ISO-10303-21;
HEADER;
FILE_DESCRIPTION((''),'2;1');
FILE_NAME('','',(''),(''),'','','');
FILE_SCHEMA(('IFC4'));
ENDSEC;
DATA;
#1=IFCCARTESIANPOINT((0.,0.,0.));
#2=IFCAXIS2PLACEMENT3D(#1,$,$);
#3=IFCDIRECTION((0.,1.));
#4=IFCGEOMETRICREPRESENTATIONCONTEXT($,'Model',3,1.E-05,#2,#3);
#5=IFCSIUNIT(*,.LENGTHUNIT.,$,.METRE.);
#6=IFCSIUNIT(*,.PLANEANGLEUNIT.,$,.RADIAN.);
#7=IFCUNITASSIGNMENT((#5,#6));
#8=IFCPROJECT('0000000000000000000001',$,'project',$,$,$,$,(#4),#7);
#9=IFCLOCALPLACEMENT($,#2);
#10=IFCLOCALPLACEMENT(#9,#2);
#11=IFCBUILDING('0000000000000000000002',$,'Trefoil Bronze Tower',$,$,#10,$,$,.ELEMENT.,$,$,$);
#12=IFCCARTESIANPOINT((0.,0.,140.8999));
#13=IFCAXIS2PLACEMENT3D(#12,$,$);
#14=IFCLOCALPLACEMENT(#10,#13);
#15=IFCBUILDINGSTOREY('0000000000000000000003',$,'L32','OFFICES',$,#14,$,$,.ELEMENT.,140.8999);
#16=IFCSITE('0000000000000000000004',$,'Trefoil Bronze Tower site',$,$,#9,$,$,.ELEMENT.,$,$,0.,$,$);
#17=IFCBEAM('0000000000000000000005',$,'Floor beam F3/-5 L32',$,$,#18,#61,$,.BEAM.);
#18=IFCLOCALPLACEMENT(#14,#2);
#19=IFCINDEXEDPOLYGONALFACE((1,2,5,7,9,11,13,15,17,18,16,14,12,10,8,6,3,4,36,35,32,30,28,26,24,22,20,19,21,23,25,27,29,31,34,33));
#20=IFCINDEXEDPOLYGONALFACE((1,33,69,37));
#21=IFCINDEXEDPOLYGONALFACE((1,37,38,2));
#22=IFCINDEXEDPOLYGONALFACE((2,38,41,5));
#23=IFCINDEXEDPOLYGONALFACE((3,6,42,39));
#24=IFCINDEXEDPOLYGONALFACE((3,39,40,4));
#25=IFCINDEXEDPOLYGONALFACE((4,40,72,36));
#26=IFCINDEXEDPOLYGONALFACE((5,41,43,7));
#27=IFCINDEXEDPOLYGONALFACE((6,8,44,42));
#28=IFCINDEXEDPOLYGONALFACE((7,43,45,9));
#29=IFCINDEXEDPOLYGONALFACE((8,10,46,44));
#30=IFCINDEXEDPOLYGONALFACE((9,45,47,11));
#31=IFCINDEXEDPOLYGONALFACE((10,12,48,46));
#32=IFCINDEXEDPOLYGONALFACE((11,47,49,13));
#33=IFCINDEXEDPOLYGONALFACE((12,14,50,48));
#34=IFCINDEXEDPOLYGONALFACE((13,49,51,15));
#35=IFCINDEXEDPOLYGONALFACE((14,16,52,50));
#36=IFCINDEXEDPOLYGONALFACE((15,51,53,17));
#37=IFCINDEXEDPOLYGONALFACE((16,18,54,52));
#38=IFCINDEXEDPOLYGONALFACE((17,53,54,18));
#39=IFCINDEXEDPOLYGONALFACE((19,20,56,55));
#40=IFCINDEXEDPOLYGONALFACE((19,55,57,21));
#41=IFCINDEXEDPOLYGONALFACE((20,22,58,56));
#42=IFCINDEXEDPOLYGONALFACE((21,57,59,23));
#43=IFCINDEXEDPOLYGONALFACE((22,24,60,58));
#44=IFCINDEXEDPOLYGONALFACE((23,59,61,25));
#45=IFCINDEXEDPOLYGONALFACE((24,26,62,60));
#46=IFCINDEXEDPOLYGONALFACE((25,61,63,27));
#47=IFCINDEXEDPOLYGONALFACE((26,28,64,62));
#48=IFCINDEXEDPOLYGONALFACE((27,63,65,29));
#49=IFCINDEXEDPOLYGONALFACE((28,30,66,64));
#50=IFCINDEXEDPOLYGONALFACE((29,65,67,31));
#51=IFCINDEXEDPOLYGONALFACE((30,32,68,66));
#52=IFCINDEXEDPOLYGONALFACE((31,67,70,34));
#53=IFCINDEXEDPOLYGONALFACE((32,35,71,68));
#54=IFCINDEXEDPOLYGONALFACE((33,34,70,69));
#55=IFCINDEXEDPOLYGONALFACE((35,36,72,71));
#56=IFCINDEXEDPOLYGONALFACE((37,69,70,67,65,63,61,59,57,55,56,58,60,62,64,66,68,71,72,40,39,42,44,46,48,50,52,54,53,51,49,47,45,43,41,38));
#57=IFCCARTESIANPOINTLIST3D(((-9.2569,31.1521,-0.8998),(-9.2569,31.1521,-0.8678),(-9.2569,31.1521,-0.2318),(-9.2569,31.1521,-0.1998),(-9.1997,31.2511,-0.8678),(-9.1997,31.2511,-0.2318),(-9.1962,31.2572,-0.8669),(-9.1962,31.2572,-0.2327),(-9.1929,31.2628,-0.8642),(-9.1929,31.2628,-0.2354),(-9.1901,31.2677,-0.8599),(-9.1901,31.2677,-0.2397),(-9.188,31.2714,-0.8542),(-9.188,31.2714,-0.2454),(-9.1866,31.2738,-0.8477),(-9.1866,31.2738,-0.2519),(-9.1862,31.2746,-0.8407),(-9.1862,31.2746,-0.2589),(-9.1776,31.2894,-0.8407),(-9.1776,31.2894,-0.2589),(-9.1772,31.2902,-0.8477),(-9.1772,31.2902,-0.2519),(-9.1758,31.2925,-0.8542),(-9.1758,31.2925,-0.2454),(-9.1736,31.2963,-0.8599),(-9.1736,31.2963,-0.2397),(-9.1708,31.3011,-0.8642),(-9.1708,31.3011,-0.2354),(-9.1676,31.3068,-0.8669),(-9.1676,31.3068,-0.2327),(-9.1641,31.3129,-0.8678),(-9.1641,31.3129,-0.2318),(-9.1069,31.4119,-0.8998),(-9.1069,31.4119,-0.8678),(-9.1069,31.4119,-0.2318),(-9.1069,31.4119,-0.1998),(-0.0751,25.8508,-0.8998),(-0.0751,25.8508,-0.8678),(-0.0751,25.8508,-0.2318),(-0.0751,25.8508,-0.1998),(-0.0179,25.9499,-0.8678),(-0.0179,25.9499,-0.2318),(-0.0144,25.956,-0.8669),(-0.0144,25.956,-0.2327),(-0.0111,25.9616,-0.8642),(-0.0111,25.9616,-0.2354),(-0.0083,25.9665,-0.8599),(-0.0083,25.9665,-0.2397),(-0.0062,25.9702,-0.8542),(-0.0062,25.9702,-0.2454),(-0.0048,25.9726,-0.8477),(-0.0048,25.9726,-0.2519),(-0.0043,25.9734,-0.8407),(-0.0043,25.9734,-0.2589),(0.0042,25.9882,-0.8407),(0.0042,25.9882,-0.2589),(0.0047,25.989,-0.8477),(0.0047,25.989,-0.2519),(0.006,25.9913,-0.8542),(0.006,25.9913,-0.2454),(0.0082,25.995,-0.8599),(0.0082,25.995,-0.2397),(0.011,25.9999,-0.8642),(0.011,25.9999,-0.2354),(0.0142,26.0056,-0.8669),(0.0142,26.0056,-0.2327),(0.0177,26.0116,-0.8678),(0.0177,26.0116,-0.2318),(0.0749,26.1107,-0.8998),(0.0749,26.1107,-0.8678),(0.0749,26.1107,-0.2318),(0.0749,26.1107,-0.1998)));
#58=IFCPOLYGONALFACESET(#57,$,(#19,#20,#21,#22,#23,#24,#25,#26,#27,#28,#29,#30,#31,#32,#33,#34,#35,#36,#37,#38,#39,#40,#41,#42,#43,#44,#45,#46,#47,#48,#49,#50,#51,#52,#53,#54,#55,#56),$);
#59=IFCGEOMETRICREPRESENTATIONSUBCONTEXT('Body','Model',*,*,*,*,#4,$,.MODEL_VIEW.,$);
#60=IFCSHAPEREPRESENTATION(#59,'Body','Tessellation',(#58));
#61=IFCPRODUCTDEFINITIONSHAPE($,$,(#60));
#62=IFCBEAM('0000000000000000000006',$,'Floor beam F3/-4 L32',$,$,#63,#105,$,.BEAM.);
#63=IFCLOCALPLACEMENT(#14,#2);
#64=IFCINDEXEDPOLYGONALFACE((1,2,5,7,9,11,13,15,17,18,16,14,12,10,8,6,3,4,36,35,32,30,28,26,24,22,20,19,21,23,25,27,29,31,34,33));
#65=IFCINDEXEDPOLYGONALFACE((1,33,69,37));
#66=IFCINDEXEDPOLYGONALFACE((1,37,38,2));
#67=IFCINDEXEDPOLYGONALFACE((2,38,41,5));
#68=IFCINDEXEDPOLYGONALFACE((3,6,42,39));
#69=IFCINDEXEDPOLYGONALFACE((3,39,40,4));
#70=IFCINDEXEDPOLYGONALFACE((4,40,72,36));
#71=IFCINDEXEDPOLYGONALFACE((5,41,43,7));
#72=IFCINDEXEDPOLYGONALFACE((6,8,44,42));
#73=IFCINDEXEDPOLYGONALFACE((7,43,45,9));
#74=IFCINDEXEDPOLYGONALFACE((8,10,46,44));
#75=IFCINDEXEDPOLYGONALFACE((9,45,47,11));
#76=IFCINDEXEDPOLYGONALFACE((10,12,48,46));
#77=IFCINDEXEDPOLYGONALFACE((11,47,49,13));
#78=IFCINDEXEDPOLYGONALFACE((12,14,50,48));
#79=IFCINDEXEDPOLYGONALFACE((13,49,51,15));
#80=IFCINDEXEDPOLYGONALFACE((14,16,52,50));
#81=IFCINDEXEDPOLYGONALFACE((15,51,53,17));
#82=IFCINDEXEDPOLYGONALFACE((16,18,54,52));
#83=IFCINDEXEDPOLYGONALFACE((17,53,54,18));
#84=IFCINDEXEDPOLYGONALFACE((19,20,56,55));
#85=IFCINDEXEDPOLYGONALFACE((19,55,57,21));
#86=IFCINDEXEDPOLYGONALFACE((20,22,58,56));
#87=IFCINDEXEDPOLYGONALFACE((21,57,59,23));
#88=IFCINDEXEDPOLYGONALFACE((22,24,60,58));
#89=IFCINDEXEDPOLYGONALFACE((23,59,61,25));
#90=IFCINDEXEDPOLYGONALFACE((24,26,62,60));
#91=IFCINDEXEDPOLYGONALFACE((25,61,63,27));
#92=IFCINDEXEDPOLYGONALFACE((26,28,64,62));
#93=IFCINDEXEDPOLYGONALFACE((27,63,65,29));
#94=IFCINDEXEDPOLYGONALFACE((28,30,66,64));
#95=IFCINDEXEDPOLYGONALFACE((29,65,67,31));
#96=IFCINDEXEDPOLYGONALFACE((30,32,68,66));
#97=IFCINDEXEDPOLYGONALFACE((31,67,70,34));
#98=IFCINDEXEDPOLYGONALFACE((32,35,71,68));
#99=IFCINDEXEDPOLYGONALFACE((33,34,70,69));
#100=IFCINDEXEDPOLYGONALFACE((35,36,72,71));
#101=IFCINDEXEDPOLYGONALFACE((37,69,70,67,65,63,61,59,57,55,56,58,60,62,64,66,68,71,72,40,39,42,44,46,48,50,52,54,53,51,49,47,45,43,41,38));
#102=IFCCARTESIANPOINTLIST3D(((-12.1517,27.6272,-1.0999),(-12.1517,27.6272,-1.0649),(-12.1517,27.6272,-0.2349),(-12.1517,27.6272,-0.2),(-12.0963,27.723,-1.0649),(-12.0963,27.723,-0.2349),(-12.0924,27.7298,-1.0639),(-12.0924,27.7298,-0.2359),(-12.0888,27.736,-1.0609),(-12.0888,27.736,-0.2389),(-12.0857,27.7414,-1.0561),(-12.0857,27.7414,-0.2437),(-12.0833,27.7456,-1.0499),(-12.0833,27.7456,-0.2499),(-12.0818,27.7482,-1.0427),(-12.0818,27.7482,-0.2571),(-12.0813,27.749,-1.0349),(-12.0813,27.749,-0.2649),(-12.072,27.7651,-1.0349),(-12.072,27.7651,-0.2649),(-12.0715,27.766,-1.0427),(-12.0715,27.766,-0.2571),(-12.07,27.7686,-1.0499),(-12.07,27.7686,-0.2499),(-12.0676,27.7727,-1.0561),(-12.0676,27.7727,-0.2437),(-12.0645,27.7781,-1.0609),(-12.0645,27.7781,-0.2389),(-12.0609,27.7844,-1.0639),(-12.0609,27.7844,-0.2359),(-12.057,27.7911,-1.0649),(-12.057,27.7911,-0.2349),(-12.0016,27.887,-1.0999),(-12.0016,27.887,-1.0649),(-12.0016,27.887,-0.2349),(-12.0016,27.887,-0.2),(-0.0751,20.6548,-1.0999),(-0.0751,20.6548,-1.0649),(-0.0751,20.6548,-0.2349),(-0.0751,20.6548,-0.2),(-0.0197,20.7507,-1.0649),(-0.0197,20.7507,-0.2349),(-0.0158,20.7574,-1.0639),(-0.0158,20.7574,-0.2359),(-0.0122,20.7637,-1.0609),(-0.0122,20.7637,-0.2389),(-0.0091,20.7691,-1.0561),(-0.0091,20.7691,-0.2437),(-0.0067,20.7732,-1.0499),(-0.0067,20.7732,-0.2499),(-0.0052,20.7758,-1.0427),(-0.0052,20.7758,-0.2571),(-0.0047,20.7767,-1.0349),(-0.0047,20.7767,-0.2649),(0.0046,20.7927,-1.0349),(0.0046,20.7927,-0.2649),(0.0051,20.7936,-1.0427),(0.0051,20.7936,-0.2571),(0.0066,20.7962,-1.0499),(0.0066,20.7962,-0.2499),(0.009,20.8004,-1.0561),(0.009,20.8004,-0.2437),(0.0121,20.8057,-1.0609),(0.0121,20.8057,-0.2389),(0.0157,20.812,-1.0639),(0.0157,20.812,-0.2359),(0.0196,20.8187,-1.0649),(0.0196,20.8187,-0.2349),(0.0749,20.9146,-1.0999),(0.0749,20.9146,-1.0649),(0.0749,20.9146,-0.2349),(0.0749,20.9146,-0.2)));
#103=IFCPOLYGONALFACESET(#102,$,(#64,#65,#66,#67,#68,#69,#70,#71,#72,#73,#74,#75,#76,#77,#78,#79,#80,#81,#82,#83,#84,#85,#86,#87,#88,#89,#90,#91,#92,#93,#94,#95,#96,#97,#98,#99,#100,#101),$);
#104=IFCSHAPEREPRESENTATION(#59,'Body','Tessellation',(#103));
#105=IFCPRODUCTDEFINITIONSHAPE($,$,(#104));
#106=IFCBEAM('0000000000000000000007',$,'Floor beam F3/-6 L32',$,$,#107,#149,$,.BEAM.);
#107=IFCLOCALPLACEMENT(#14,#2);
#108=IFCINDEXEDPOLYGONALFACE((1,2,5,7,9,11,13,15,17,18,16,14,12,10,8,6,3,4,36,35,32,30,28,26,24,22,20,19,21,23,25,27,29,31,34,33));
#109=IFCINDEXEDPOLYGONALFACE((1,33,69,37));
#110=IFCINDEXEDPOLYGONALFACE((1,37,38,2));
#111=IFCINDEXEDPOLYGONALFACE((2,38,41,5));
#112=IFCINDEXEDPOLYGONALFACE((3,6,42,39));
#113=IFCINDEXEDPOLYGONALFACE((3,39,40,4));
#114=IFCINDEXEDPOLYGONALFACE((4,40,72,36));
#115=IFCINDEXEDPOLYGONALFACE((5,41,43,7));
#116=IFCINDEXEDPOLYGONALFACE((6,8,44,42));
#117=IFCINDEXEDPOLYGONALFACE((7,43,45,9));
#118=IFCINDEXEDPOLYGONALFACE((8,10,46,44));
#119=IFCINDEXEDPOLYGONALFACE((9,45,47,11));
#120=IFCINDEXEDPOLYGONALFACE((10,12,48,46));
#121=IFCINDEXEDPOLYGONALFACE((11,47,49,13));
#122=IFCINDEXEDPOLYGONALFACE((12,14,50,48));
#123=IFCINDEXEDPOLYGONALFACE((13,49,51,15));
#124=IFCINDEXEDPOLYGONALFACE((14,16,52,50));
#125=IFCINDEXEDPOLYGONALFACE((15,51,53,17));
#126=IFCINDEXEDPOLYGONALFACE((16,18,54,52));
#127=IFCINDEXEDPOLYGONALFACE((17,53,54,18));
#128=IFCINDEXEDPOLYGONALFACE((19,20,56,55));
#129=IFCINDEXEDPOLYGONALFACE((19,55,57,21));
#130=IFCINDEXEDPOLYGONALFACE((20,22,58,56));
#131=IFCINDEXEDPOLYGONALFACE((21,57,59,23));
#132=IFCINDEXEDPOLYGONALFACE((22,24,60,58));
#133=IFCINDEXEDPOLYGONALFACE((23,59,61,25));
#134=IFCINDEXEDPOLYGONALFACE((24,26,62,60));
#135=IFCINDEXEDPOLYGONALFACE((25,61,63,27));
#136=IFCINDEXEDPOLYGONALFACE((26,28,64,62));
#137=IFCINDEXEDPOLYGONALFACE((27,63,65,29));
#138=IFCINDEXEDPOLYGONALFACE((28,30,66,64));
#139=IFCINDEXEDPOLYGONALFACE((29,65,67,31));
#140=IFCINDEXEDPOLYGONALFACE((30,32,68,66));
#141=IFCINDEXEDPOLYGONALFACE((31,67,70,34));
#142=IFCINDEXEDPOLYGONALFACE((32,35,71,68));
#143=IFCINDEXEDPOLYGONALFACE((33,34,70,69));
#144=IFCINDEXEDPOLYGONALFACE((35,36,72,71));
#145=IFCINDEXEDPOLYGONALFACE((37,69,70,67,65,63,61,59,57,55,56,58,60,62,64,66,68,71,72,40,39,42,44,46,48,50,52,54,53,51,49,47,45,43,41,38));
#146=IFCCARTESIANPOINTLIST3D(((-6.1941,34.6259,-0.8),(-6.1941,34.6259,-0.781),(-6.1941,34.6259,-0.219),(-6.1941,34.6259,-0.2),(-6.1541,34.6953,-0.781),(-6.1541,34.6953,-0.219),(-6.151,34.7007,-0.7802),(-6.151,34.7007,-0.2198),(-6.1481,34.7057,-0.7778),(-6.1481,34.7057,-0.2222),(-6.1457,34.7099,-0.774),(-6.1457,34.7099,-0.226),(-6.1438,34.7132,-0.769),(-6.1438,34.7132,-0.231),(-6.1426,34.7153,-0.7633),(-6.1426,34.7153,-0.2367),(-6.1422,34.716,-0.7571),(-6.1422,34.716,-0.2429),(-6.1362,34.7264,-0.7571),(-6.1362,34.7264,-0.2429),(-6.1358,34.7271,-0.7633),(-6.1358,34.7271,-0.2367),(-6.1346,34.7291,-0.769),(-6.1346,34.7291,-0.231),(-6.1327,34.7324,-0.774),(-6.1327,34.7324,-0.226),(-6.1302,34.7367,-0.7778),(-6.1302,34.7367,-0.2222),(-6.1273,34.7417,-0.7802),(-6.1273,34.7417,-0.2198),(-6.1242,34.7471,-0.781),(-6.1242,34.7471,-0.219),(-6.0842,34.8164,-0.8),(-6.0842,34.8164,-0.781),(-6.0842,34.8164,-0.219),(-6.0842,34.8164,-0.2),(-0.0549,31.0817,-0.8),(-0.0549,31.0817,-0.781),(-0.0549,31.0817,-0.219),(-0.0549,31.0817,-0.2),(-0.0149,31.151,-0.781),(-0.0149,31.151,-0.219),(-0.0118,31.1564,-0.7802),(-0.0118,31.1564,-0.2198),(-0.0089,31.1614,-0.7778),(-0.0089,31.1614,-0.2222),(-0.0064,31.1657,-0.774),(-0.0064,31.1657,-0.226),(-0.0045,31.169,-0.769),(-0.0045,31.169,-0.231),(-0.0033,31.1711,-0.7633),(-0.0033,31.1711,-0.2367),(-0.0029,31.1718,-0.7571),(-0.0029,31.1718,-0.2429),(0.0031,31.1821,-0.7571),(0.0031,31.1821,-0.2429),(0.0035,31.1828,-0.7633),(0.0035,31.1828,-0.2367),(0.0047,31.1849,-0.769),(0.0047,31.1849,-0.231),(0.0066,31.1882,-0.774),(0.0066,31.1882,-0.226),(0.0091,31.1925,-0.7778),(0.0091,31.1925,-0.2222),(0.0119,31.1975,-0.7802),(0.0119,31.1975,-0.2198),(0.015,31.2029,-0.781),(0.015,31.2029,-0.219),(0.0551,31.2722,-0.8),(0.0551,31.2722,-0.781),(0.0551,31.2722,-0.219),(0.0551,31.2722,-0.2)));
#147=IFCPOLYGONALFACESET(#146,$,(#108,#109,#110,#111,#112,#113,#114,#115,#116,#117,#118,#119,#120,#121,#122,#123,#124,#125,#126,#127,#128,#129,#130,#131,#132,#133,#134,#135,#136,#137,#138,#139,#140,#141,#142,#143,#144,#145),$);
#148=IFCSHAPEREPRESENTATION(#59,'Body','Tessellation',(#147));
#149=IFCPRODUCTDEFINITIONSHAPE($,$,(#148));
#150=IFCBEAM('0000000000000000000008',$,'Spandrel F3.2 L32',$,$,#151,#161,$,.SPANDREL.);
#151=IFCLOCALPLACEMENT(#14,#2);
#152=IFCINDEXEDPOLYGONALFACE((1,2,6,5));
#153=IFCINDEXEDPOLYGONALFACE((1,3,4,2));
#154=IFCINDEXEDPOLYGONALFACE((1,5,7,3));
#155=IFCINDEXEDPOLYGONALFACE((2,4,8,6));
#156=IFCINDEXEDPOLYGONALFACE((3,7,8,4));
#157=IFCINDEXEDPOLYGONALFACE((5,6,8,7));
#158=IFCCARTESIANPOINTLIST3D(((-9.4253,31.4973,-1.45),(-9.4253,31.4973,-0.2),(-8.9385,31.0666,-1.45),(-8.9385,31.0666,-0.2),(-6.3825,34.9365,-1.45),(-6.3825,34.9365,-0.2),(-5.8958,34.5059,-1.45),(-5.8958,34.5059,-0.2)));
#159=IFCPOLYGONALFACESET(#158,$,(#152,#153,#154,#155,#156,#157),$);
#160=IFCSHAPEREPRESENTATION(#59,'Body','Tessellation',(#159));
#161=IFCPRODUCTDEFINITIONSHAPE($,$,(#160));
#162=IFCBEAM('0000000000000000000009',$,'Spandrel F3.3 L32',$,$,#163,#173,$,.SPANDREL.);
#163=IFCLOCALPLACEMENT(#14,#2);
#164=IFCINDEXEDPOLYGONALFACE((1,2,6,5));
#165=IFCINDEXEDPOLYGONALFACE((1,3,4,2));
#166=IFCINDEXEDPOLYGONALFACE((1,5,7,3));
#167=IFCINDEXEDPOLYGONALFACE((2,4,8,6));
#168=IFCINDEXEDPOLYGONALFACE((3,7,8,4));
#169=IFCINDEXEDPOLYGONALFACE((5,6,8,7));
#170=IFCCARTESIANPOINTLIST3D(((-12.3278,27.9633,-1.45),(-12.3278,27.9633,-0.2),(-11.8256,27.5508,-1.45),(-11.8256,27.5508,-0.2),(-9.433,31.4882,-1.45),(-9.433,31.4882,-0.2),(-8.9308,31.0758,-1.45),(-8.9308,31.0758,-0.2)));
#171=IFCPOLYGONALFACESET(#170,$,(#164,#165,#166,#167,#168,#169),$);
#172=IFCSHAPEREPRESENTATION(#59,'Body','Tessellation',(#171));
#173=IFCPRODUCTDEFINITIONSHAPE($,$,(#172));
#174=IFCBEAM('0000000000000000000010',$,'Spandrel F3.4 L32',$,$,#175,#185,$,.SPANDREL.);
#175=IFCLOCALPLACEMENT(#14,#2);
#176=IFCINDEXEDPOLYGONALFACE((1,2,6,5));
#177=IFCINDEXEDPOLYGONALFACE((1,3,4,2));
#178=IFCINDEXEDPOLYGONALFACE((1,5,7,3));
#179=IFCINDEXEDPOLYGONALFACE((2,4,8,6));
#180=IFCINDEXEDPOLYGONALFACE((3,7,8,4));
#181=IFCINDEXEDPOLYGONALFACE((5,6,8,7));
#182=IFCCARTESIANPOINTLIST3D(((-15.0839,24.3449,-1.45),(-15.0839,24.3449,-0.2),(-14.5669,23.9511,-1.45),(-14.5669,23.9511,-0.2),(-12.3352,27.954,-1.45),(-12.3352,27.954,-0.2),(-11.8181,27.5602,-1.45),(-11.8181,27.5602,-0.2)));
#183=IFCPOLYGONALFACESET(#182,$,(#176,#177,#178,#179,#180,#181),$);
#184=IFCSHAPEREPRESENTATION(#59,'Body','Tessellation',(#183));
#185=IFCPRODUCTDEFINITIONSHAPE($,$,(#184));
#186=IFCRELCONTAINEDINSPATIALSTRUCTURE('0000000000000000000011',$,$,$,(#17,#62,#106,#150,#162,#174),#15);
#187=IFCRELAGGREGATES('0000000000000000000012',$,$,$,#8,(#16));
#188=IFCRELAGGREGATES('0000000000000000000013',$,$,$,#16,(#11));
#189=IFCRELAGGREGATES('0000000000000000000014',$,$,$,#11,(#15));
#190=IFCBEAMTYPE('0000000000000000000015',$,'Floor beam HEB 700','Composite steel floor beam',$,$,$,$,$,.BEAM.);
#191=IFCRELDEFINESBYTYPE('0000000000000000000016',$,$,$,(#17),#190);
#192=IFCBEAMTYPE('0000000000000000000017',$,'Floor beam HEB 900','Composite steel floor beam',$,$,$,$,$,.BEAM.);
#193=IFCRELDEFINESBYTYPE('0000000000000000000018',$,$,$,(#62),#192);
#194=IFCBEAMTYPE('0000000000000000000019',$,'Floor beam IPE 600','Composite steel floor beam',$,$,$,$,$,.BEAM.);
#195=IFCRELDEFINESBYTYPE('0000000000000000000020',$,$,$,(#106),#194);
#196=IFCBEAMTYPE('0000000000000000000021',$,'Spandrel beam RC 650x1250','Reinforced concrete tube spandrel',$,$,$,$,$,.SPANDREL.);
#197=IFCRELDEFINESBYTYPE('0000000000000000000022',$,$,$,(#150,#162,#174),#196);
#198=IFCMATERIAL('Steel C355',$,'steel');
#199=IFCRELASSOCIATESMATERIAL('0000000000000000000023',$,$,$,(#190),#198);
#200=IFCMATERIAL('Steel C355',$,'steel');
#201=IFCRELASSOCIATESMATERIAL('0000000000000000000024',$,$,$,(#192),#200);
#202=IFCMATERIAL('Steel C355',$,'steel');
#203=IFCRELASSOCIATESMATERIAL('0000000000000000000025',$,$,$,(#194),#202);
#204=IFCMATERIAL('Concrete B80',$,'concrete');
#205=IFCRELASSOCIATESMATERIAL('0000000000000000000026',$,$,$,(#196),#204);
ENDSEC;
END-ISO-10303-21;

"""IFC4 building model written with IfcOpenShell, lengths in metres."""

from ifc_helpers import new_model, si_unit, direction, frame, origin, origin_2d, place, context, subcontext, project, spatial, rectangle, i_section, extrude, material, material_profile, profile_set, type_object, element, save


model = new_model("IFC4")

# Units and contexts
model_context = context("Model", 3, precision=1e-05, world=origin(), true_north=direction((0.0, 1.0)))
body_context = subcontext(model_context, "Body", "Model", "MODEL_VIEW")
ifc_project = project(units=[si_unit("LENGTHUNIT", "METRE"), si_unit("PLANEANGLEUNIT", "RADIAN")], contexts=[model_context])

# Site, building, storey
site_placement = place(None, origin())
site = spatial("IfcSite", under=ifc_project, at=site_placement, Name="Trefoil Bronze Tower site", CompositionType="ELEMENT", RefElevation=0.0)
building_placement = place(site_placement, origin())
building = spatial("IfcBuilding", under=site, at=building_placement, Name="Trefoil Bronze Tower", CompositionType="ELEMENT")
storey_placement = place(building_placement, frame((0.0, 0.0, 140.8999)))
storey = spatial("IfcBuildingStorey", under=building, at=storey_placement, Name="L32", Description="OFFICES", CompositionType="ELEMENT", Elevation=140.8999)

# Beams
ifc_material_1 = material(Name="Steel C355", Category="steel")
ifc_material_profile_1 = material_profile(ifc_material_1, i_section(OverallWidth=0.3, OverallDepth=0.7, WebThickness=0.0171, FlangeThickness=0.032, FilletRadius=0.0271, at=origin_2d()), Name="HEB 700")
ifc_profile_set_1 = profile_set([ifc_material_profile_1], Name="Steel C355")
beam_type_1 = type_object("IfcBeamType", Name="Floor beam HEB 700", Description="Composite steel floor beam", PredefinedType="BEAM", material=ifc_profile_set_1)
beam_1_placement = place(storey_placement, frame((-9.1819, 31.282, -0.5498), z_axis=(0.866021, -0.500007, 0.0), x_axis=(0.500007, 0.866021, 0.0)))
element("IfcBeam", 1, at=beam_1_placement, inside=storey, type_object=beam_type_1, Name="Floor beam F3/-5 L32", PredefinedType="BEAM", context=body_context, shape_type="SweptSolid", body=[
    extrude(i_section(OverallWidth=0.3, OverallDepth=0.7, WebThickness=0.0171, FlangeThickness=0.032, FilletRadius=0.0271, at=origin_2d()), origin(), (0.0, 0.0, 1.0), 10.6023),
])
ifc_material_2 = material(Name="Steel C355", Category="steel")
ifc_material_profile_2 = material_profile(ifc_material_2, i_section(OverallWidth=0.3, OverallDepth=0.8999, WebThickness=0.0186, FlangeThickness=0.0349, FilletRadius=0.03, at=origin_2d()), Name="HEB 900")
ifc_profile_set_2 = profile_set([ifc_material_profile_2], Name="Steel C355")
beam_type_2 = type_object("IfcBeamType", Name="Floor beam HEB 900", Description="Composite steel floor beam", PredefinedType="BEAM", material=ifc_profile_set_2)
beam_2_placement = place(storey_placement, frame((-12.0767, 27.7571, -0.6499), z_axis=(0.866027, -0.499997, 0.0), x_axis=(0.499997, 0.866027, 0.0)))
element("IfcBeam", 2, at=beam_2_placement, inside=storey, type_object=beam_type_2, Name="Floor beam F3/-4 L32", PredefinedType="BEAM", context=body_context, shape_type="SweptSolid", body=[
    extrude(i_section(OverallWidth=0.3, OverallDepth=0.8999, WebThickness=0.0186, FlangeThickness=0.0349, FilletRadius=0.03, at=origin_2d()), origin(), (0.0, 0.0, 1.0), 13.9448),
])
ifc_material_3 = material(Name="Steel C355", Category="steel")
ifc_material_profile_3 = material_profile(ifc_material_3, i_section(OverallWidth=0.22, OverallDepth=0.6001, WebThickness=0.012, FlangeThickness=0.019, FilletRadius=0.0239, at=origin_2d()), Name="IPE 600")
ifc_profile_set_3 = profile_set([ifc_material_profile_3], Name="Steel C355")
beam_type_3 = type_object("IfcBeamType", Name="Floor beam IPE 600", Description="Composite steel floor beam", PredefinedType="BEAM", material=ifc_profile_set_3)
beam_3_placement = place(storey_placement, frame((-6.1392, 34.7212, -0.5), z_axis=(0.866041, -0.499973, 0.0), x_axis=(0.499973, 0.866041, 0.0)))
element("IfcBeam", 3, at=beam_3_placement, inside=storey, type_object=beam_type_3, Name="Floor beam F3/-6 L32", PredefinedType="BEAM", context=body_context, shape_type="SweptSolid", body=[
    extrude(i_section(OverallWidth=0.22, OverallDepth=0.6001, WebThickness=0.012, FlangeThickness=0.019, FilletRadius=0.0239, at=origin_2d()), origin(), (0.0, 0.0, 1.0), 7.0889),
])
ifc_material_4 = material(Name="Concrete B80", Category="concrete")
ifc_material_profile_4 = material_profile(ifc_material_4, rectangle(XDim=0.6499, YDim=1.25, at=origin_2d()), Name="RC 650x1250")
ifc_profile_set_4 = profile_set([ifc_material_profile_4], Name="Concrete B80")
beam_type_4 = type_object("IfcBeamType", Name="Spandrel beam RC 650x1250", Description="Reinforced concrete tube spandrel", PredefinedType="SPANDREL", material=ifc_profile_set_4)
beam_4_placement = place(storey_placement, frame((-6.1392, 34.7212, -0.825), z_axis=(-0.662616, -0.748959, 0.0), x_axis=(0.748959, -0.662616, 0.0)))
element("IfcBeam", 4, at=beam_4_placement, inside=storey, type_object=beam_type_4, Name="Spandrel F3.2 L32", PredefinedType="SPANDREL", context=body_context, shape_type="SweptSolid", body=[
    extrude(rectangle(XDim=0.6499, YDim=1.25, at=origin_2d()), origin(), (0.0, 0.0, 1.0), 4.592),
])
beam_5_placement = place(storey_placement, frame((-9.1819, 31.282, -0.825), z_axis=(-0.63465, -0.772799, 0.0), x_axis=(0.772799, -0.63465, 0.0)))
element("IfcBeam", 5, at=beam_5_placement, inside=storey, type_object=beam_type_4, Name="Spandrel F3.3 L32", PredefinedType="SPANDREL", context=body_context, shape_type="SweptSolid", body=[
    extrude(rectangle(XDim=0.6499, YDim=1.25, at=origin_2d()), origin(), (0.0, 0.0, 1.0), 4.5613),
])
beam_6_placement = place(storey_placement, frame((-12.0767, 27.7571, -0.825), z_axis=(-0.605899, -0.795542, 0.0), x_axis=(0.795542, -0.605899, 0.0)))
element("IfcBeam", 6, at=beam_6_placement, inside=storey, type_object=beam_type_4, Name="Spandrel F3.4 L32", PredefinedType="SPANDREL", context=body_context, shape_type="SweptSolid", body=[
    extrude(rectangle(XDim=0.6499, YDim=1.25, at=origin_2d()), origin(), (0.0, 0.0, 1.0), 4.5366),
])

save(model, "model.ifc")
